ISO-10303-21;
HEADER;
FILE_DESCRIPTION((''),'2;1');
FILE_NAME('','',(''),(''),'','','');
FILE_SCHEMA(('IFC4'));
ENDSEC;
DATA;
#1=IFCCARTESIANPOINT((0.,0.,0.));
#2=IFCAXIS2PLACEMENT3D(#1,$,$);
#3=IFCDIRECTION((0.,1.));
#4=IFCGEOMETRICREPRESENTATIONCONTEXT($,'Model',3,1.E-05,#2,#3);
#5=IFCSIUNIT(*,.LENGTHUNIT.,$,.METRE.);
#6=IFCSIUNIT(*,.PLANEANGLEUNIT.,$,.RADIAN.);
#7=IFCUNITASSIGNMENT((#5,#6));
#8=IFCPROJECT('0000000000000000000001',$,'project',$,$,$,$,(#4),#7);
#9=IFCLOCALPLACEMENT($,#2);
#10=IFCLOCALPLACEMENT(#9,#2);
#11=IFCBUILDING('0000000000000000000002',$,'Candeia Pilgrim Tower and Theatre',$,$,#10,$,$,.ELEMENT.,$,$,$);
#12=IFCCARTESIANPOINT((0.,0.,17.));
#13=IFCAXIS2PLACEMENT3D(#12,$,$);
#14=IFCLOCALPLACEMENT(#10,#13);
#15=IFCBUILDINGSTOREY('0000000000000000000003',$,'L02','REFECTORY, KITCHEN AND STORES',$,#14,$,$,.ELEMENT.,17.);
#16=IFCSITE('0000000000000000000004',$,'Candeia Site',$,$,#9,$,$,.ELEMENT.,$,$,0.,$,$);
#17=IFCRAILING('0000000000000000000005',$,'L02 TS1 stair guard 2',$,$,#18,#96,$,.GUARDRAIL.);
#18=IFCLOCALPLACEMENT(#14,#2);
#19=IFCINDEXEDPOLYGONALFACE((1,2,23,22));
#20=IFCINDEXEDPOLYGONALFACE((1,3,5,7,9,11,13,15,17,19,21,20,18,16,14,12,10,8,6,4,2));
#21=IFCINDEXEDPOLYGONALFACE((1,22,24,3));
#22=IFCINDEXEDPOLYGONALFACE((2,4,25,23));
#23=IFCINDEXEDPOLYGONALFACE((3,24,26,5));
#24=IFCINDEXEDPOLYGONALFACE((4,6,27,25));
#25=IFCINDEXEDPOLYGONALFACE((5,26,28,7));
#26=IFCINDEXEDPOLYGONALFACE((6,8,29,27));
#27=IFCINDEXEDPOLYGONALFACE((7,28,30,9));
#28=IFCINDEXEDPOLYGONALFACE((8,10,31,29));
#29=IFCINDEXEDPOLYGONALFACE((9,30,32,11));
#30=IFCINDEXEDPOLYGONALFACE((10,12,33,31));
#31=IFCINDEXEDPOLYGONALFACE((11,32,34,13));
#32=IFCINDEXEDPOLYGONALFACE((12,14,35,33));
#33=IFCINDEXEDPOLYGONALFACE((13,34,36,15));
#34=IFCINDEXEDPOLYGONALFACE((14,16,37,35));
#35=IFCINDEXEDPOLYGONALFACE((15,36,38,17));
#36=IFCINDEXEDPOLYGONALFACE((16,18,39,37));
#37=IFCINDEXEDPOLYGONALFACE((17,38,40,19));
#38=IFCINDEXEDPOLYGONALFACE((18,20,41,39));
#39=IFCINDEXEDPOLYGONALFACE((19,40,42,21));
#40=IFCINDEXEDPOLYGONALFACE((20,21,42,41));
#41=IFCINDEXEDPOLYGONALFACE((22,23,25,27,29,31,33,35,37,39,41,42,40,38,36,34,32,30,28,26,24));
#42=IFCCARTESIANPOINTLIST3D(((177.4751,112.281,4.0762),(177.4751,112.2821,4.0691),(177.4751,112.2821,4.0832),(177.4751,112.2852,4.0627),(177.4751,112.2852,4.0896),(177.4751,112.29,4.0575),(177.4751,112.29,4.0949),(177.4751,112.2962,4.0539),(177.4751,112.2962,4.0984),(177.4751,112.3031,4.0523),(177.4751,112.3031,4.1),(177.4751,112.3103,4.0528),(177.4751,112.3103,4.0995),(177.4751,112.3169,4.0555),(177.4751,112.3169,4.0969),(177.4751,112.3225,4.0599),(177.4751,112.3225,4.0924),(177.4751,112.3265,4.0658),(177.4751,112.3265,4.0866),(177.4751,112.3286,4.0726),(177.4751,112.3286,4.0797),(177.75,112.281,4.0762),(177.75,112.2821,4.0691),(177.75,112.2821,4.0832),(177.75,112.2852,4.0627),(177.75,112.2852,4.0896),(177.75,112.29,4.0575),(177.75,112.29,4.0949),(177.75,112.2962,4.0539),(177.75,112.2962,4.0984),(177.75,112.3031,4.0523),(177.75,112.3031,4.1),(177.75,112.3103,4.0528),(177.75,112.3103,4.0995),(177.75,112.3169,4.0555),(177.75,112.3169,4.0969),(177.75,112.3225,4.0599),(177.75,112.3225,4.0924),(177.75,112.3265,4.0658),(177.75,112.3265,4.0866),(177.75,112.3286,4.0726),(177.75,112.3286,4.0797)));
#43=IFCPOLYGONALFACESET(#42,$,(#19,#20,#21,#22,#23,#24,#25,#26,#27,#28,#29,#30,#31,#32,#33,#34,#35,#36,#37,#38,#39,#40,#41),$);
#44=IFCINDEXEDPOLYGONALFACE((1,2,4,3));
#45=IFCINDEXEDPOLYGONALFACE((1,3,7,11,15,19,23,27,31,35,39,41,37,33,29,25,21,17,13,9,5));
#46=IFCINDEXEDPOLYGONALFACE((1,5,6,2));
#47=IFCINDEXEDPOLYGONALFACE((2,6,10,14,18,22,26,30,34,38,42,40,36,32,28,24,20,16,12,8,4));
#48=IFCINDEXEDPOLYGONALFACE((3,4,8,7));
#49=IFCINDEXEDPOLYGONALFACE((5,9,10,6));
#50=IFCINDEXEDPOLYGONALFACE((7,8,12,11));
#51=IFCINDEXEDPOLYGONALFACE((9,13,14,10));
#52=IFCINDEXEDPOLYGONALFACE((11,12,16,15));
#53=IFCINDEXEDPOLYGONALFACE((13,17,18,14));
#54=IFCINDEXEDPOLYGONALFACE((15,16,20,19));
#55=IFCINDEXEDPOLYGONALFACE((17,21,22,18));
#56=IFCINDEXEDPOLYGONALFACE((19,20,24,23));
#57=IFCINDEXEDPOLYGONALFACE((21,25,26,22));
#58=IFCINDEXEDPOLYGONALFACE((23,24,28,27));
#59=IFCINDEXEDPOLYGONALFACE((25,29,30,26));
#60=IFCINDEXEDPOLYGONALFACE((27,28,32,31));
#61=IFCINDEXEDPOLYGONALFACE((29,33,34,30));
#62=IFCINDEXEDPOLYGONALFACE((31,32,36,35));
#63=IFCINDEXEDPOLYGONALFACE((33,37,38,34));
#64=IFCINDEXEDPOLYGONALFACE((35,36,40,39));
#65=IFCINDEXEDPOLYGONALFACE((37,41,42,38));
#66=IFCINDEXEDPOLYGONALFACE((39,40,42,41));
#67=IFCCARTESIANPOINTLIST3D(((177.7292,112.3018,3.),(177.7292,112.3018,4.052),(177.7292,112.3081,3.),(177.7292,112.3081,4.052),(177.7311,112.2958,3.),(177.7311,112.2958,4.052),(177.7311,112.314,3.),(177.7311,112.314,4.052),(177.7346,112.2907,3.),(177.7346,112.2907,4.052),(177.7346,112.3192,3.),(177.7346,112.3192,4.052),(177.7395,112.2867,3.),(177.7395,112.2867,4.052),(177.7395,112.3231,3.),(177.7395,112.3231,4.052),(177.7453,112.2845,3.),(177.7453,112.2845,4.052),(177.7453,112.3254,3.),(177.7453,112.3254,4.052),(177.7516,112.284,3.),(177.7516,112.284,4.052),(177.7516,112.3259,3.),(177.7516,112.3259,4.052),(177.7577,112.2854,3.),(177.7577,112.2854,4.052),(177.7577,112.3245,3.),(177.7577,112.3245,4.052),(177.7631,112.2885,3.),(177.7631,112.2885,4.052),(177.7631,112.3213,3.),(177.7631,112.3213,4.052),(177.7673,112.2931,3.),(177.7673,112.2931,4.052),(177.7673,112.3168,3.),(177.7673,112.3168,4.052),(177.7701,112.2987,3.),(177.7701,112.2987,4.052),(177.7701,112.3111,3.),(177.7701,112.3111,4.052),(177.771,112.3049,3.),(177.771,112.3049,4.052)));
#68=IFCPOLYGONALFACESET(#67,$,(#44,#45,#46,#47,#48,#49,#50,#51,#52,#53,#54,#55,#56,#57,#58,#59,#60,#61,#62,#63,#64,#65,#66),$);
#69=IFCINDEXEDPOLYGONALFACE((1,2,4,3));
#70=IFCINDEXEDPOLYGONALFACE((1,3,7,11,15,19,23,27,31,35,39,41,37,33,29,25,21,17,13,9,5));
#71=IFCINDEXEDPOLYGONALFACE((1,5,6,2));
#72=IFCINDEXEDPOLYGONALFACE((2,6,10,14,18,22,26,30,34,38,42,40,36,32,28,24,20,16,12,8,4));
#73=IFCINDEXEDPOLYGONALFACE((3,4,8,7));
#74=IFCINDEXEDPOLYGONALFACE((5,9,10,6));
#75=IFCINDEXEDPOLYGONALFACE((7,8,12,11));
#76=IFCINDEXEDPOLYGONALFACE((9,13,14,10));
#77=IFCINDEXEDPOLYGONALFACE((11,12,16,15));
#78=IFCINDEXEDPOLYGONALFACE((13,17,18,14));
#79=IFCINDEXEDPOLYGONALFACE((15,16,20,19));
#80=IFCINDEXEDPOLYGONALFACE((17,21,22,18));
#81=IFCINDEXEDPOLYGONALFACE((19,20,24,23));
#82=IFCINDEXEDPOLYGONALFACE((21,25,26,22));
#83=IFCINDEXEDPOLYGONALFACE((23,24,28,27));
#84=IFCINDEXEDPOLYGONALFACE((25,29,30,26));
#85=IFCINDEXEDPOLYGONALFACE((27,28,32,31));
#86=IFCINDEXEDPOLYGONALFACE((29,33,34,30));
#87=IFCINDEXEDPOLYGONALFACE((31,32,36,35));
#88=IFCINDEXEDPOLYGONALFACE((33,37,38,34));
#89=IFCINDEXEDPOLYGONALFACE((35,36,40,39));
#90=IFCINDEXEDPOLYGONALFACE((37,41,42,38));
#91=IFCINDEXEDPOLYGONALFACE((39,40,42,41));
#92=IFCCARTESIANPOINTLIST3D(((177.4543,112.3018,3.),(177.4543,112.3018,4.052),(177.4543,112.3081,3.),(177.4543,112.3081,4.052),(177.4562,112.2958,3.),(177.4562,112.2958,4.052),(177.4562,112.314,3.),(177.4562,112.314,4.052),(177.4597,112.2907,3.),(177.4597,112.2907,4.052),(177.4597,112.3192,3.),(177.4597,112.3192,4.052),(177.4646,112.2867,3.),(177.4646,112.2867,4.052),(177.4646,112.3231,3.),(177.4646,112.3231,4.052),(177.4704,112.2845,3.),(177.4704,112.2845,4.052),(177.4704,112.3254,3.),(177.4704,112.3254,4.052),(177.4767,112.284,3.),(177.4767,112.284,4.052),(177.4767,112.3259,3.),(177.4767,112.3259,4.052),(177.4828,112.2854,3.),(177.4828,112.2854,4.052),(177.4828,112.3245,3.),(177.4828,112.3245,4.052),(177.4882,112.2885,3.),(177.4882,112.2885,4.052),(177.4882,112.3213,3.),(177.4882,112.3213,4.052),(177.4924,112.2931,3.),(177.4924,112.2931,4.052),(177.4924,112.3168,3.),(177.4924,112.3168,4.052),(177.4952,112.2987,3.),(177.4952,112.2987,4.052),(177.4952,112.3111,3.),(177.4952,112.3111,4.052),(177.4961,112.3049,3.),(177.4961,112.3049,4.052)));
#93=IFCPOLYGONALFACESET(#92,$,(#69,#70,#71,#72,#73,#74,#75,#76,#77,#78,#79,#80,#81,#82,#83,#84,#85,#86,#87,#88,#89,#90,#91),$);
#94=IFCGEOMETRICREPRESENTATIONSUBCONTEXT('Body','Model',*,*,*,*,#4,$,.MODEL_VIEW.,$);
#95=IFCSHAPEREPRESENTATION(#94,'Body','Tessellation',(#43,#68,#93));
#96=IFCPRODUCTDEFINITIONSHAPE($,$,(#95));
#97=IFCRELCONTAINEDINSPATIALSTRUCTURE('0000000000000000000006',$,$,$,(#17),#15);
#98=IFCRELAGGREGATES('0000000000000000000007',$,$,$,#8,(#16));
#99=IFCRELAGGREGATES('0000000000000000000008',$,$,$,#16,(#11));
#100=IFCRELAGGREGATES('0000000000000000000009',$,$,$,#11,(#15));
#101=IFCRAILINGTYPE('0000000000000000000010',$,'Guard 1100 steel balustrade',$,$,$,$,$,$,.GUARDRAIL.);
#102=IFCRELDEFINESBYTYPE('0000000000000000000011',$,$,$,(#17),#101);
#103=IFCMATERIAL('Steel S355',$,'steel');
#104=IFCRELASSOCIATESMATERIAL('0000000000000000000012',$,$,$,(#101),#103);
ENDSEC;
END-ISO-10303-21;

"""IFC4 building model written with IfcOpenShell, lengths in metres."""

from ifc_helpers import new_model, si_unit, direction, frame, origin, origin_2d, place, context, subcontext, project, spatial, circle, extrude, material, type_object, element, save


model = new_model("IFC4")

# Units and contexts
model_context = context("Model", 3, precision=1e-05, world=origin(), true_north=direction((0.0, 1.0)))
body_context = subcontext(model_context, "Body", "Model", "MODEL_VIEW")
ifc_project = project(units=[si_unit("LENGTHUNIT", "METRE"), si_unit("PLANEANGLEUNIT", "RADIAN")], contexts=[model_context])

# Site, building, storey
site_placement = place(None, origin())
site = spatial("IfcSite", under=ifc_project, at=site_placement, Name="Candeia Site", CompositionType="ELEMENT", RefElevation=0.0)
building_placement = place(site_placement, origin())
building = spatial("IfcBuilding", under=site, at=building_placement, Name="Candeia Pilgrim Tower and Theatre", CompositionType="ELEMENT")
storey_placement = place(building_placement, frame((0.0, 0.0, 17.0)))
storey = spatial("IfcBuildingStorey", under=building, at=storey_placement, Name="L02", Description="REFECTORY, KITCHEN AND STORES", CompositionType="ELEMENT", Elevation=17.0)

# Railing
ifc_material_1 = material(Name="Steel S355", Category="steel")
railing_type_1 = type_object("IfcRailingType", Name="Guard 1100 steel balustrade", PredefinedType="GUARDRAIL", material=ifc_material_1)
railing_1_placement = place(storey_placement, frame((177.75, 112.3049, 3.0)))
element("IfcRailing", 1, at=railing_1_placement, inside=storey, type_object=railing_type_1, Name="L02 TS1 stair guard 2", PredefinedType="GUARDRAIL", context=body_context, shape_type="SweptSolid", body=[
    extrude(circle(Radius=0.0239, at=origin_2d()), frame((0.0, 0.0, 1.0762), z_axis=(-1.0, 0.0, 0.0), x_axis=(0.0, -1.0, 0.0)), (0.0, 0.0, 1.0), 0.2749),
    extrude(circle(Radius=0.021, at=origin_2d()), origin(), (0.0, 0.0, 1.0), 1.052),
    extrude(circle(Radius=0.021, at=origin_2d()), frame((-0.2749, 0.0, 0.0)), (0.0, 0.0, 1.0), 1.052),
])

save(model, "model.ifc")
